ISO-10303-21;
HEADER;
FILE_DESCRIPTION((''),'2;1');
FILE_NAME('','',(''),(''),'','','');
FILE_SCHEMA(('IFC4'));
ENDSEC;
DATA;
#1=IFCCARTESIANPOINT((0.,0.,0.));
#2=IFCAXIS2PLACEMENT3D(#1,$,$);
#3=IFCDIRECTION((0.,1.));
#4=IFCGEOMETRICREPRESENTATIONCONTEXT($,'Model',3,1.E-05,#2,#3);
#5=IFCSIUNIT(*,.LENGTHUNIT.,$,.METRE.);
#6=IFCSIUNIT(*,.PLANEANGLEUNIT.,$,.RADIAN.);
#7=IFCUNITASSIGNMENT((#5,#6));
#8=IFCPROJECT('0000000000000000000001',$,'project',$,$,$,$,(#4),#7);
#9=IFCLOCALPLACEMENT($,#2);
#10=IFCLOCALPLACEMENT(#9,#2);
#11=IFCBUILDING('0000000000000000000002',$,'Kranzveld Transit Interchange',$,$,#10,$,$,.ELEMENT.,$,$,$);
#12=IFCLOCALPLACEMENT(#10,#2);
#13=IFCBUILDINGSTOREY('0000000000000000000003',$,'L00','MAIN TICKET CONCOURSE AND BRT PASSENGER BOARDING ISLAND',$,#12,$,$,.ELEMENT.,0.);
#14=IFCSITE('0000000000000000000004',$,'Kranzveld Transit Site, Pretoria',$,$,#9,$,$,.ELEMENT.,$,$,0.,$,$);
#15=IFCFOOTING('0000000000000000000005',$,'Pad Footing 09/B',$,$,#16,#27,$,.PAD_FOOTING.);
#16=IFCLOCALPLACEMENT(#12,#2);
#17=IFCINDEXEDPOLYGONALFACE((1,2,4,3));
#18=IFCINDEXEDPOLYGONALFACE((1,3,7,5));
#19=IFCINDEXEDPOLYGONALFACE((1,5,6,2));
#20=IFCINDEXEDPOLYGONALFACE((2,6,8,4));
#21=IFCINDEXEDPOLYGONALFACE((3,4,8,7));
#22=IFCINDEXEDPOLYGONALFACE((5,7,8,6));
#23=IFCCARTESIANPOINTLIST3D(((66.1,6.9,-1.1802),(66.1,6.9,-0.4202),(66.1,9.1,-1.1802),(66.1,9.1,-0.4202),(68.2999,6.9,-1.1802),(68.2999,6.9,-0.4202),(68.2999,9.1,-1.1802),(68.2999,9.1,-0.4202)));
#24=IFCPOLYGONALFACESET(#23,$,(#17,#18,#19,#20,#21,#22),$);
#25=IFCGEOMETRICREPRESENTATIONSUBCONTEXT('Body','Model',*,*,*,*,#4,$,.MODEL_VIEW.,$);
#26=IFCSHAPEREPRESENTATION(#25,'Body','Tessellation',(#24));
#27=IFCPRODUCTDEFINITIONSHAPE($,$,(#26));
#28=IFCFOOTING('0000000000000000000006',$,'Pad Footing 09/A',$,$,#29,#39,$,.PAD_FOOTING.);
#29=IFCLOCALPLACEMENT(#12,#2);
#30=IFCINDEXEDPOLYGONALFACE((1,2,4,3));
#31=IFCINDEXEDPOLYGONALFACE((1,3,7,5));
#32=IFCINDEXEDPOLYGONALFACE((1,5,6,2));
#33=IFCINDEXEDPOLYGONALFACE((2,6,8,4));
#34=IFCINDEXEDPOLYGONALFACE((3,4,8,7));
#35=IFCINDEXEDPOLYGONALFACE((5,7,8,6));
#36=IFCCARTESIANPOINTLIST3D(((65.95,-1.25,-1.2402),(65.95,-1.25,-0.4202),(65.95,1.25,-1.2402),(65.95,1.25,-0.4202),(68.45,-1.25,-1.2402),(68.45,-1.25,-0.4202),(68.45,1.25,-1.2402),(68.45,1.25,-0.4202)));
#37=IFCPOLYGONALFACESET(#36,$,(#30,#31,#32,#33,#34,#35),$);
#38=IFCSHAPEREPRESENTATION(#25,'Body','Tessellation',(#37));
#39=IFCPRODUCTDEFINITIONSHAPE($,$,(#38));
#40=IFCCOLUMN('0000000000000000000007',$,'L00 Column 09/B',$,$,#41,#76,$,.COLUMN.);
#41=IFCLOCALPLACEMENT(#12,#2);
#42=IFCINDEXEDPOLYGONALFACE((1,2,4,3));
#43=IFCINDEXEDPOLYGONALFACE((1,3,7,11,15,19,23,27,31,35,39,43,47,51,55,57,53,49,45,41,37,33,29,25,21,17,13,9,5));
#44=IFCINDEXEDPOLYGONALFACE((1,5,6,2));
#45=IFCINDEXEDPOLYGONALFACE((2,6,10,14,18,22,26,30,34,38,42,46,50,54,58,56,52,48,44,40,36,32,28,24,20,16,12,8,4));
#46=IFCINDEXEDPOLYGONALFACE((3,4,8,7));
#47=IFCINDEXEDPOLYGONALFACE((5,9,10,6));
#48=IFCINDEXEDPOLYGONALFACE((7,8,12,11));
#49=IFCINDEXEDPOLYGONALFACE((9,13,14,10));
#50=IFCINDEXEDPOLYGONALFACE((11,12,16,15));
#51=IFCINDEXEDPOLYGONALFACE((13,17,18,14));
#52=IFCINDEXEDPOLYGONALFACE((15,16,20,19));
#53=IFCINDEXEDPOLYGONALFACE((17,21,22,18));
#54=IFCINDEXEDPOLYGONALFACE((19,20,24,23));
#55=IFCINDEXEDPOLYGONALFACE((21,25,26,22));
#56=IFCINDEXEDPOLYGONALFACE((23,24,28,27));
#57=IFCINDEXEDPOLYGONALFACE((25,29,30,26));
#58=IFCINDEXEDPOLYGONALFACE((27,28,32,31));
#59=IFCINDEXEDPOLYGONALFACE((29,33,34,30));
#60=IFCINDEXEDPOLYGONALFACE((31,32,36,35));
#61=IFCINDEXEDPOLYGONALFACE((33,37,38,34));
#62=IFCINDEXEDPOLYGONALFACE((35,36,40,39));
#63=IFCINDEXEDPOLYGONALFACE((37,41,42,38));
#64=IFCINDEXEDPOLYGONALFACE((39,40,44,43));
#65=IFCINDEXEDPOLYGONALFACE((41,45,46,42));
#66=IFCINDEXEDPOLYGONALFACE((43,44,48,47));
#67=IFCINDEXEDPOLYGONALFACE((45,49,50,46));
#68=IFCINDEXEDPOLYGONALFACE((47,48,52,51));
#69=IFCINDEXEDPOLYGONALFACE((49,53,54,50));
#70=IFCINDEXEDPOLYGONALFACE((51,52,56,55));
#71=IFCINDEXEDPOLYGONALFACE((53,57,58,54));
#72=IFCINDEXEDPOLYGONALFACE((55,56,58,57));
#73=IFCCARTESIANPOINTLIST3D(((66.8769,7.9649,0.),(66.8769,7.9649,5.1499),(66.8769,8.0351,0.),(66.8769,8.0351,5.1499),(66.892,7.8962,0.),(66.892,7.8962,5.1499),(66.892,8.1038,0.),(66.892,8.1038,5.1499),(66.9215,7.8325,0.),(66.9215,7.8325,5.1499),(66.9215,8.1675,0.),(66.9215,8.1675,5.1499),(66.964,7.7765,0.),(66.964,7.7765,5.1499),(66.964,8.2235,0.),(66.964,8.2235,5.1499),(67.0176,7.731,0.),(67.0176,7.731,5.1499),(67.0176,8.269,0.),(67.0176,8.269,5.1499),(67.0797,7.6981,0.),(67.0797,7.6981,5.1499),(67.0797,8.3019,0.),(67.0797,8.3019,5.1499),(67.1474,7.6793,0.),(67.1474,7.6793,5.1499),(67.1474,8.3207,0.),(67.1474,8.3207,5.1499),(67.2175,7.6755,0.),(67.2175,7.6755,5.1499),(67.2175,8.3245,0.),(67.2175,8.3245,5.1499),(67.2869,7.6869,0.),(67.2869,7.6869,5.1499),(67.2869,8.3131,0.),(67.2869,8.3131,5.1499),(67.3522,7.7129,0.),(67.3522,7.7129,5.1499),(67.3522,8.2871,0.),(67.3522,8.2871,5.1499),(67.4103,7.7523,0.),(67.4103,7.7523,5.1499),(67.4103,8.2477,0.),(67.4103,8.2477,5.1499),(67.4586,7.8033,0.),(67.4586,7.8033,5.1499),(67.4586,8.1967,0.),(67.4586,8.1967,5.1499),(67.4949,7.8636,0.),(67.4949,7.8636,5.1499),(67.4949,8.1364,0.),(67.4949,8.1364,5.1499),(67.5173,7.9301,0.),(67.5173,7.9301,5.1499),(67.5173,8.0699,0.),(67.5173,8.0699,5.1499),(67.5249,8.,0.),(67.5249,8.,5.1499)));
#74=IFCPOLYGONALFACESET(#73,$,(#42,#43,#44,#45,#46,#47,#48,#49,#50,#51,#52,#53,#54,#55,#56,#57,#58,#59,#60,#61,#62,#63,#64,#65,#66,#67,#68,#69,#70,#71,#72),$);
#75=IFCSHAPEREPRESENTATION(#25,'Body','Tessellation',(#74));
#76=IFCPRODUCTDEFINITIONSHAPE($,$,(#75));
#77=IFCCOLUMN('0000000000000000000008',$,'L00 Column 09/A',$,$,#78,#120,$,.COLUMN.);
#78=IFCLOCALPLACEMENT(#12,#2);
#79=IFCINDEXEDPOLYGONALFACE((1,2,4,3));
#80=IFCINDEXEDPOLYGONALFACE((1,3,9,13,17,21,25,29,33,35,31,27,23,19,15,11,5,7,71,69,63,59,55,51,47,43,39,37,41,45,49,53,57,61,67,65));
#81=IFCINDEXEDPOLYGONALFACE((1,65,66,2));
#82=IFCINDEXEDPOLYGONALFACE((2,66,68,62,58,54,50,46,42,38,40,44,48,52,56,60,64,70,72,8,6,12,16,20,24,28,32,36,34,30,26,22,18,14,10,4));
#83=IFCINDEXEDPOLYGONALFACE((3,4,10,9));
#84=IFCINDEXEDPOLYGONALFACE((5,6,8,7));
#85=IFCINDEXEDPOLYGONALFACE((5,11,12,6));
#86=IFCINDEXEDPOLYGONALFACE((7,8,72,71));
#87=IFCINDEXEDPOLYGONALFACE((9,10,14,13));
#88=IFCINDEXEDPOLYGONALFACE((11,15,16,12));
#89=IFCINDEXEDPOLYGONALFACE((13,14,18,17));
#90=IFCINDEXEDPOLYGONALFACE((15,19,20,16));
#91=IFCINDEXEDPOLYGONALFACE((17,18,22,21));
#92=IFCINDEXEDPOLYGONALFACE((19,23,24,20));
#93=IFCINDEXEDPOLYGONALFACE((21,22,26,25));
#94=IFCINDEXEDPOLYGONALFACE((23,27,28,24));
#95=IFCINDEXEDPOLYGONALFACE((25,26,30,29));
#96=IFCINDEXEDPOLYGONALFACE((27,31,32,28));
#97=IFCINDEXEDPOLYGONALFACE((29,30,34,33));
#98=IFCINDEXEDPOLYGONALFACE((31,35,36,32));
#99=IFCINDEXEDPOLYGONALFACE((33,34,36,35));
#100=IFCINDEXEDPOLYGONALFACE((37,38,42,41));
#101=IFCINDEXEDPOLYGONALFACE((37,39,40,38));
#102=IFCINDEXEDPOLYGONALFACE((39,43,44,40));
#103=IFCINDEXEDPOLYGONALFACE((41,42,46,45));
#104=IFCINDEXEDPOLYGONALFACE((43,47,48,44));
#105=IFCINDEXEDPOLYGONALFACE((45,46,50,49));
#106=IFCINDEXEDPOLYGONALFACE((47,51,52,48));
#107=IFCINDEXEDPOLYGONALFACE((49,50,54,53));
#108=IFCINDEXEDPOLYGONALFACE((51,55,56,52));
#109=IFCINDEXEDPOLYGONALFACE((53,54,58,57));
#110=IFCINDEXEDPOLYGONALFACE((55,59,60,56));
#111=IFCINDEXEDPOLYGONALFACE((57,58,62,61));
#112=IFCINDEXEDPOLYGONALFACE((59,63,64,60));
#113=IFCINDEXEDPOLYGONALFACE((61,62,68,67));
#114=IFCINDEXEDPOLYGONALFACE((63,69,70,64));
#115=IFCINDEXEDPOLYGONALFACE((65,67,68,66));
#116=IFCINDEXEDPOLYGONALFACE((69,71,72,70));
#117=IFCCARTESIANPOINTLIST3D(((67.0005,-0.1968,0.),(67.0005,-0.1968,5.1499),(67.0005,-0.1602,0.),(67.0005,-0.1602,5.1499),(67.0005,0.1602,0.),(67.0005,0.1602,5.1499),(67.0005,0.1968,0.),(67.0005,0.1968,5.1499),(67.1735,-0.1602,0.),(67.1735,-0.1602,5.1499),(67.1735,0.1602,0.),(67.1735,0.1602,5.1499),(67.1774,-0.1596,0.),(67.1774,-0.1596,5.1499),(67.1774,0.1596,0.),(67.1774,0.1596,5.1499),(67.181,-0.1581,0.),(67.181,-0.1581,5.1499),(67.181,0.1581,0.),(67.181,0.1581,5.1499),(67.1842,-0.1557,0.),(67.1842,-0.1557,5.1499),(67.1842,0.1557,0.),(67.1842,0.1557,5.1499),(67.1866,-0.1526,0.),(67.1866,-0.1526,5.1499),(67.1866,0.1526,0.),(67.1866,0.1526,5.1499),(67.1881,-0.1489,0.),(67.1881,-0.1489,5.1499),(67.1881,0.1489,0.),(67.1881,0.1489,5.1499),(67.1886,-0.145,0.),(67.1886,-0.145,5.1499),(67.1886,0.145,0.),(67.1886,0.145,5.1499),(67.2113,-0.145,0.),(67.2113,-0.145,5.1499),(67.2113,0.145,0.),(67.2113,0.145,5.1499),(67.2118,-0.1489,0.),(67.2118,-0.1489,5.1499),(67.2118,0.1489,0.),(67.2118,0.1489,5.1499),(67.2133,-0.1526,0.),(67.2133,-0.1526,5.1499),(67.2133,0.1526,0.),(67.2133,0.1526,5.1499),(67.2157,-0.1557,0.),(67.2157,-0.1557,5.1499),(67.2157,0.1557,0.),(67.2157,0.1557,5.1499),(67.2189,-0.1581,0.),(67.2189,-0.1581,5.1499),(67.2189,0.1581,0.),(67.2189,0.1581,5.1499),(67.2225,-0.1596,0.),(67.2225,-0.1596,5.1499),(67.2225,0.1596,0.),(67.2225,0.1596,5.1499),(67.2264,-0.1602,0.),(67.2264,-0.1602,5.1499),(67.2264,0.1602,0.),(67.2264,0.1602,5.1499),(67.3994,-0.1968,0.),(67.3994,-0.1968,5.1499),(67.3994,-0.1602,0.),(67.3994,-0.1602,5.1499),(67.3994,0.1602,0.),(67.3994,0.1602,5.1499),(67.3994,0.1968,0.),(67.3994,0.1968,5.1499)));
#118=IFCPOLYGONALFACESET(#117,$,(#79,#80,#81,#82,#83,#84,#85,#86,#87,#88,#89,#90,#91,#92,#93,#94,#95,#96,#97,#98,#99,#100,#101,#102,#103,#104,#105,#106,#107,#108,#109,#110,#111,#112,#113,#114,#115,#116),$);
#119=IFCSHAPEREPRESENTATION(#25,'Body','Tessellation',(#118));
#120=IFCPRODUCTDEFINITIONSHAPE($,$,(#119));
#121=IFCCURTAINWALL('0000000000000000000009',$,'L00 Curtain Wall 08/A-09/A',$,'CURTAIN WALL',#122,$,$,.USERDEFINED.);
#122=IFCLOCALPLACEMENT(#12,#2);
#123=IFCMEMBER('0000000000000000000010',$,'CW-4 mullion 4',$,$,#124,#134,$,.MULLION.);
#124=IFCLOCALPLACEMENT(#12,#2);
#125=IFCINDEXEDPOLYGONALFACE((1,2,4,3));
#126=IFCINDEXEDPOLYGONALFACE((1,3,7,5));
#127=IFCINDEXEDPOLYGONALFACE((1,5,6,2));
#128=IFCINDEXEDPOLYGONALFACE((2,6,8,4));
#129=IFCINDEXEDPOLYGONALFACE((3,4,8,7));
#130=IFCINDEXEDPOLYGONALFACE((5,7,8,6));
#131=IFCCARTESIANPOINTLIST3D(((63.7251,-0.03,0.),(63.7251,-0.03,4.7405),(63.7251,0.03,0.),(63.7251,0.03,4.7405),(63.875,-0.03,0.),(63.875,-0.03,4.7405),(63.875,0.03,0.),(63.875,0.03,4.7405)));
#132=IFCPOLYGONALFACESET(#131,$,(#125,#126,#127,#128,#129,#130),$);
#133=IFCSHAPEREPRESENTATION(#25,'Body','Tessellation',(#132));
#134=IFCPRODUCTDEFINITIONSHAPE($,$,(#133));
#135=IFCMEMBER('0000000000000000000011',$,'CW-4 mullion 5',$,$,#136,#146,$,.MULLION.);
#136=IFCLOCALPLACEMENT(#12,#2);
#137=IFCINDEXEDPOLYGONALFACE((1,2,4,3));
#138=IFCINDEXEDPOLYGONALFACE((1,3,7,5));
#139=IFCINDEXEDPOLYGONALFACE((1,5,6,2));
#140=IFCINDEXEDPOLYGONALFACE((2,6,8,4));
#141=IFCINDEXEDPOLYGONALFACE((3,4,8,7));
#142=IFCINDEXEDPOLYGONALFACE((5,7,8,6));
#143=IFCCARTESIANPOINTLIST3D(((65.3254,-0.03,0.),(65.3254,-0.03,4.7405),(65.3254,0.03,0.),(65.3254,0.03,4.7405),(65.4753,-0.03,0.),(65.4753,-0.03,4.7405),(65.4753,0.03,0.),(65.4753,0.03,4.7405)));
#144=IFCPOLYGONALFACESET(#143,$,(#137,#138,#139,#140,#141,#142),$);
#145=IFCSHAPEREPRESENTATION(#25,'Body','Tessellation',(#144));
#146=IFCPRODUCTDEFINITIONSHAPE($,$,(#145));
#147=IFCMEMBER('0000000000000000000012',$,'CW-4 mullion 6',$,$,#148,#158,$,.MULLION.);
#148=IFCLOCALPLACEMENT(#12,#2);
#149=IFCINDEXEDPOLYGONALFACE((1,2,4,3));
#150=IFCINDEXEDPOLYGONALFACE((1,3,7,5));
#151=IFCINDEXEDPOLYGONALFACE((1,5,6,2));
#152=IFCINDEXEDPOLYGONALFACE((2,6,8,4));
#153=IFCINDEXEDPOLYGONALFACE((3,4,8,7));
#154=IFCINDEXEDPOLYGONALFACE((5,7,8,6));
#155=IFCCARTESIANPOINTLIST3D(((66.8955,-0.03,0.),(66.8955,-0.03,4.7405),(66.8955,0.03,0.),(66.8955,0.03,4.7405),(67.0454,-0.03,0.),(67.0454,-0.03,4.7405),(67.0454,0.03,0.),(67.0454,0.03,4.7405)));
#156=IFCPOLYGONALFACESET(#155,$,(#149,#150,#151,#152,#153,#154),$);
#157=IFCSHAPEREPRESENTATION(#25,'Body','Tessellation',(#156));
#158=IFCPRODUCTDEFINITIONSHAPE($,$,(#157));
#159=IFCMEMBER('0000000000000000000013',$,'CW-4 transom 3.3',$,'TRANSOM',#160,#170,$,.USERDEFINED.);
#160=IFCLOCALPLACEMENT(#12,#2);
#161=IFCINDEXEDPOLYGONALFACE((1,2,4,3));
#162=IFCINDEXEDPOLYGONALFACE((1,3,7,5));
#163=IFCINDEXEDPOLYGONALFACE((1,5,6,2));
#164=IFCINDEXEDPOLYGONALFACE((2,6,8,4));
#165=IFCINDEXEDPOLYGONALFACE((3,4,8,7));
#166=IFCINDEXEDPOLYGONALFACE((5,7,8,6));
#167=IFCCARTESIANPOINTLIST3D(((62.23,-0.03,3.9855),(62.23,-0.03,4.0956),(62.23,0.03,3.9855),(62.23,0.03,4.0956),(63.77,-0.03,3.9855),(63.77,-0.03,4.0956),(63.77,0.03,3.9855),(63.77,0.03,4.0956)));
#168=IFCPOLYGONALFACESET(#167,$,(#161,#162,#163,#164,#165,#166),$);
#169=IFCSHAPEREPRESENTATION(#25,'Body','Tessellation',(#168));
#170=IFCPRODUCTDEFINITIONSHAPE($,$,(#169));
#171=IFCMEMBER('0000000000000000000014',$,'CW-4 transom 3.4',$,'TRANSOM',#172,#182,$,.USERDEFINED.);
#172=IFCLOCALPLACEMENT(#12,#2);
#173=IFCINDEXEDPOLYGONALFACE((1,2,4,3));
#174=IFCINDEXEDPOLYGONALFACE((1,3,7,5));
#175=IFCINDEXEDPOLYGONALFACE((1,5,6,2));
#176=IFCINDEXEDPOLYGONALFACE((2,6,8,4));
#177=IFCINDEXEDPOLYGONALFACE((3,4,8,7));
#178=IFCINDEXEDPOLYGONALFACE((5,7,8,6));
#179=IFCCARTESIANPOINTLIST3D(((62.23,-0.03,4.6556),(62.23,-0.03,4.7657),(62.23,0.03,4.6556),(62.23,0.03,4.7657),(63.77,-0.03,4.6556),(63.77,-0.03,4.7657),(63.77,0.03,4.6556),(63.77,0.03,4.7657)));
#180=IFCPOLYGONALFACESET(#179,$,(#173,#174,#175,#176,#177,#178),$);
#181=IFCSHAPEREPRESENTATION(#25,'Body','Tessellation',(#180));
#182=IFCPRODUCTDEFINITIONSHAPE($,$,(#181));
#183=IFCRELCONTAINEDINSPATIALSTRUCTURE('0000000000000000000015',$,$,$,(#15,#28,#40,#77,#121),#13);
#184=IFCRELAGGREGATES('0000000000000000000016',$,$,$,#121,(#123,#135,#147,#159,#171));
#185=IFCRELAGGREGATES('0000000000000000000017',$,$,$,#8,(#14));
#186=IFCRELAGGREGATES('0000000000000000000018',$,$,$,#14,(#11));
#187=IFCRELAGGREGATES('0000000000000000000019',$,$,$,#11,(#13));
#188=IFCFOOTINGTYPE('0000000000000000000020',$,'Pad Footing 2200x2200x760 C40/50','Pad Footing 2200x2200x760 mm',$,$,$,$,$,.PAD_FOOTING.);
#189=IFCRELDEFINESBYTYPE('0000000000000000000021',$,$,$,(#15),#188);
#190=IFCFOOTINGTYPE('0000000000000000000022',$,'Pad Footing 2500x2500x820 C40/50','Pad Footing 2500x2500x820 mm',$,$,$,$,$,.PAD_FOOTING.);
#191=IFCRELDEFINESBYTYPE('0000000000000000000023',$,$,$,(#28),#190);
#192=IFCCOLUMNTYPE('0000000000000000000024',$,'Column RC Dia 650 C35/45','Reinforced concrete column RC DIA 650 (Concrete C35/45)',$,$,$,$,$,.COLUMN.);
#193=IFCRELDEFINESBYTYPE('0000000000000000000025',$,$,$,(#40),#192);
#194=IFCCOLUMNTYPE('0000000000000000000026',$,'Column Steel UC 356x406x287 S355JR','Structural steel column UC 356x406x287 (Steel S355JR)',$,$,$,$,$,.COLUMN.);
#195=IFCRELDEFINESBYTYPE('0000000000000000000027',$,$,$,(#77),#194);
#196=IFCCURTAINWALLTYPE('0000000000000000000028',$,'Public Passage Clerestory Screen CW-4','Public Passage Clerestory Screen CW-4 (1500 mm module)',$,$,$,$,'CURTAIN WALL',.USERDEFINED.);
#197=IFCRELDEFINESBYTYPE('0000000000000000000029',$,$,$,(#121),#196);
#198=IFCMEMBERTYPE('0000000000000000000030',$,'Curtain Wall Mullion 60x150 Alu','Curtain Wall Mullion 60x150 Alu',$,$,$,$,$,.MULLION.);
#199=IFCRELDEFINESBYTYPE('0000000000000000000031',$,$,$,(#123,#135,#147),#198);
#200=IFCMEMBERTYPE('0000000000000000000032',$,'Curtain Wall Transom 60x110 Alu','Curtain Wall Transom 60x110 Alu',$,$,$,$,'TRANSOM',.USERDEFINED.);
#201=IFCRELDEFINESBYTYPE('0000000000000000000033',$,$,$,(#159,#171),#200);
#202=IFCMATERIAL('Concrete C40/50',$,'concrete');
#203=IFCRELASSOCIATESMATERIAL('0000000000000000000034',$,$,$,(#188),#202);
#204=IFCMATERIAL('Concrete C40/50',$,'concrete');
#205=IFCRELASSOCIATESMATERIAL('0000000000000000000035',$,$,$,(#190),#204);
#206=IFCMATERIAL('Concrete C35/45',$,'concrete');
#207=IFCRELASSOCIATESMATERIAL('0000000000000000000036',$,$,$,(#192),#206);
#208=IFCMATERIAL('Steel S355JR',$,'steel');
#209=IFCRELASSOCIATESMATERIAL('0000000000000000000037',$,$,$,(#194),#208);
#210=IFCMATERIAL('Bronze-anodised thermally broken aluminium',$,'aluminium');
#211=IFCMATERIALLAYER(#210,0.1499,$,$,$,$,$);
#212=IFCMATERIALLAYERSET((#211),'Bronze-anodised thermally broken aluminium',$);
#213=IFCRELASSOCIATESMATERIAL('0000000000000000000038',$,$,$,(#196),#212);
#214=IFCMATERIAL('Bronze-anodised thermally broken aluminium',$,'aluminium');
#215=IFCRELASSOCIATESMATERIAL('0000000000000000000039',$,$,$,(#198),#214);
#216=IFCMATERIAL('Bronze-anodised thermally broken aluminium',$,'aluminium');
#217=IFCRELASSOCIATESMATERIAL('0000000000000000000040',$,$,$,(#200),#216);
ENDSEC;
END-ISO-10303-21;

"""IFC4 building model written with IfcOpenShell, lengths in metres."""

from ifc_helpers import new_model, si_unit, direction, frame, origin, origin_2d, place, context, subcontext, project, spatial, rectangle, circle, i_section, extrude, material, layer, layer_set, material_profile, profile_set, type_object, element, aggregate, save


model = new_model("IFC4")

# Units and contexts
model_context = context("Model", 3, precision=1e-05, world=origin(), true_north=direction((0.0, 1.0)))
body_context = subcontext(model_context, "Body", "Model", "MODEL_VIEW")
ifc_project = project(units=[si_unit("LENGTHUNIT", "METRE"), si_unit("PLANEANGLEUNIT", "RADIAN")], contexts=[model_context])

# Site, building, storey
site_placement = place(None, origin())
site = spatial("IfcSite", under=ifc_project, at=site_placement, Name="Kranzveld Transit Site, Pretoria", CompositionType="ELEMENT", RefElevation=0.0)
building_placement = place(site_placement, origin())
building = spatial("IfcBuilding", under=site, at=building_placement, Name="Kranzveld Transit Interchange", CompositionType="ELEMENT")
storey_placement = place(building_placement, origin())
storey = spatial("IfcBuildingStorey", under=building, at=storey_placement, Name="L00", Description="MAIN TICKET CONCOURSE AND BRT PASSENGER BOARDING ISLAND", CompositionType="ELEMENT", Elevation=0.0)

# Footings
ifc_material_1 = material(Name="Concrete C40/50", Category="concrete")
footing_type_1 = type_object("IfcFootingType", Name="Pad Footing 2200x2200x760 C40/50", Description="Pad Footing 2200x2200x760 mm", PredefinedType="PAD_FOOTING", material=ifc_material_1)
footing_1_placement = place(storey_placement, frame((67.2, 8.0, -1.1802), z_axis=(0.0, 0.0, 1.0), x_axis=(1.0, 0.0, 0.0)))
element("IfcFooting", 1, at=footing_1_placement, inside=storey, type_object=footing_type_1, Name="Pad Footing 09/B", PredefinedType="PAD_FOOTING", context=body_context, shape_type="SweptSolid", body=[
    extrude(rectangle(XDim=2.2, YDim=2.2, at=origin_2d()), origin(), (0.0, 0.0, 1.0), 0.76),
])
ifc_material_2 = material(Name="Concrete C40/50", Category="concrete")
footing_type_2 = type_object("IfcFootingType", Name="Pad Footing 2500x2500x820 C40/50", Description="Pad Footing 2500x2500x820 mm", PredefinedType="PAD_FOOTING", material=ifc_material_2)
footing_2_placement = place(storey_placement, frame((67.2, 0.0, -1.2402), z_axis=(0.0, 0.0, 1.0), x_axis=(1.0, 0.0, 0.0)))
element("IfcFooting", 2, at=footing_2_placement, inside=storey, type_object=footing_type_2, Name="Pad Footing 09/A", PredefinedType="PAD_FOOTING", context=body_context, shape_type="SweptSolid", body=[
    extrude(rectangle(XDim=2.5, YDim=2.5, at=origin_2d()), origin(), (0.0, 0.0, 1.0), 0.8201),
])

# Columns
ifc_material_3 = material(Name="Concrete C35/45", Category="concrete")
ifc_material_profile_1 = material_profile(ifc_material_3, circle(Radius=0.325, at=origin_2d()), Name="RC DIA 650")
ifc_profile_set_1 = profile_set([ifc_material_profile_1], Name="Concrete C35/45")
column_type_1 = type_object("IfcColumnType", Name="Column RC Dia 650 C35/45", Description="Reinforced concrete column RC DIA 650 (Concrete C35/45)", PredefinedType="COLUMN", material=ifc_profile_set_1)
column_1_placement = place(storey_placement, frame((67.2, 8.0, 0.0), z_axis=(0.0, 0.0, 1.0), x_axis=(1.0, 0.0, 0.0)))
element("IfcColumn", 3, at=column_1_placement, inside=storey, type_object=column_type_1, Name="L00 Column 09/B", PredefinedType="COLUMN", context=body_context, shape_type="SweptSolid", body=[
    extrude(circle(Radius=0.325, at=origin_2d()), origin(), (0.0, 0.0, 1.0), 5.1499),
])
ifc_material_4 = material(Name="Steel S355JR", Category="steel")
ifc_material_profile_2 = material_profile(ifc_material_4, i_section(OverallWidth=0.3989, OverallDepth=0.3936, WebThickness=0.0227, FlangeThickness=0.0366, FilletRadius=0.0151, at=origin_2d()), Name="UC 356x406x287")
ifc_profile_set_2 = profile_set([ifc_material_profile_2], Name="Steel S355JR")
column_type_2 = type_object("IfcColumnType", Name="Column Steel UC 356x406x287 S355JR", Description="Structural steel column UC 356x406x287 (Steel S355JR)", PredefinedType="COLUMN", material=ifc_profile_set_2)
column_2_placement = place(storey_placement, frame((67.2, 0.0, 0.0), z_axis=(0.0, 0.0, 1.0), x_axis=(1.0, 0.0, 0.0)))
element("IfcColumn", 4, at=column_2_placement, inside=storey, type_object=column_type_2, Name="L00 Column 09/A", PredefinedType="COLUMN", context=body_context, shape_type="SweptSolid", body=[
    extrude(i_section(OverallWidth=0.3989, OverallDepth=0.3936, WebThickness=0.0227, FlangeThickness=0.0366, FilletRadius=0.0151, at=origin_2d()), origin(), (0.0, 0.0, 1.0), 5.1499),
])

# Curtain wall, members
ifc_material_5 = material(Name="Bronze-anodised thermally broken aluminium", Category="aluminium")
ifc_layer_1 = layer(ifc_material_5, 0.1499)
ifc_layer_set_1 = layer_set([ifc_layer_1], Name="Bronze-anodised thermally broken aluminium")
curtain_wall_type = type_object("IfcCurtainWallType", Name="Public Passage Clerestory Screen CW-4", Description="Public Passage Clerestory Screen CW-4 (1500 mm module)", ElementType="CURTAIN WALL", PredefinedType="USERDEFINED", material=ifc_layer_set_1)
curtain_wall_placement = place(storey_placement, origin())
curtain_wall = element("IfcCurtainWall", 5, at=curtain_wall_placement, inside=storey, type_object=curtain_wall_type, Name="L00 Curtain Wall 08/A-09/A", ObjectType="CURTAIN WALL", PredefinedType="USERDEFINED")
ifc_material_6 = material(Name="Bronze-anodised thermally broken aluminium", Category="aluminium")
ifc_material_profile_3 = material_profile(ifc_material_6, rectangle(XDim=0.0601, YDim=0.1499, at=origin_2d()), Name="ALU MULLION 60x150")
ifc_profile_set_3 = profile_set([ifc_material_profile_3], Name="Bronze-anodised thermally broken aluminium")
member_type_1 = type_object("IfcMemberType", Name="Curtain Wall Mullion 60x150 Alu", Description="Curtain Wall Mullion 60x150 Alu", PredefinedType="MULLION", material=ifc_profile_set_3)
member_1_placement = place(storey_placement, frame((63.8, 0.0, 0.0), z_axis=(0.0, 0.0, 1.0), x_axis=(0.0, 1.0, 0.0)))
member_1 = element("IfcMember", 6, at=member_1_placement, type_object=member_type_1, Name="CW-4 mullion 4", PredefinedType="MULLION", context=body_context, shape_type="SweptSolid", body=[
    extrude(rectangle(XDim=0.0601, YDim=0.1499, at=origin_2d()), origin(), (0.0, 0.0, 1.0), 4.7405),
])
member_2_placement = place(storey_placement, frame((65.4004, 0.0, 0.0), z_axis=(0.0, 0.0, 1.0), x_axis=(0.0, 1.0, 0.0)))
member_2 = element("IfcMember", 7, at=member_2_placement, type_object=member_type_1, Name="CW-4 mullion 5", PredefinedType="MULLION", context=body_context, shape_type="SweptSolid", body=[
    extrude(rectangle(XDim=0.0601, YDim=0.1499, at=origin_2d()), origin(), (0.0, 0.0, 1.0), 4.7405),
])
member_3_placement = place(storey_placement, frame((66.9705, 0.0, 0.0), z_axis=(0.0, 0.0, 1.0), x_axis=(0.0, 1.0, 0.0)))
member_3 = element("IfcMember", 8, at=member_3_placement, type_object=member_type_1, Name="CW-4 mullion 6", PredefinedType="MULLION", context=body_context, shape_type="SweptSolid", body=[
    extrude(rectangle(XDim=0.0601, YDim=0.1499, at=origin_2d()), origin(), (0.0, 0.0, 1.0), 4.7405),
])
ifc_material_7 = material(Name="Bronze-anodised thermally broken aluminium", Category="aluminium")
ifc_material_profile_4 = material_profile(ifc_material_7, rectangle(XDim=0.0601, YDim=0.1101, at=origin_2d()), Name="ALU TRANSOM 60x110")
ifc_profile_set_4 = profile_set([ifc_material_profile_4], Name="Bronze-anodised thermally broken aluminium")
member_type_2 = type_object("IfcMemberType", Name="Curtain Wall Transom 60x110 Alu", Description="Curtain Wall Transom 60x110 Alu", ElementType="TRANSOM", PredefinedType="USERDEFINED", material=ifc_profile_set_4)
member_4_placement = place(storey_placement, frame((62.23, 0.0, 4.0405), z_axis=(1.0, 0.0, 0.0), x_axis=(0.0, 1.0, 0.0)))
member_4 = element("IfcMember", 9, at=member_4_placement, type_object=member_type_2, Name="CW-4 transom 3.3", ObjectType="TRANSOM", PredefinedType="USERDEFINED", context=body_context, shape_type="SweptSolid", body=[
    extrude(rectangle(XDim=0.0601, YDim=0.1101, at=origin_2d()), origin(), (0.0, 0.0, 1.0), 1.54),
])
member_5_placement = place(storey_placement, frame((62.23, 0.0, 4.7107), z_axis=(1.0, 0.0, 0.0), x_axis=(0.0, 1.0, 0.0)))
member_5 = element("IfcMember", 10, at=member_5_placement, type_object=member_type_2, Name="CW-4 transom 3.4", ObjectType="TRANSOM", PredefinedType="USERDEFINED", context=body_context, shape_type="SweptSolid", body=[
    extrude(rectangle(XDim=0.0601, YDim=0.1101, at=origin_2d()), origin(), (0.0, 0.0, 1.0), 1.54),
])

aggregate(curtain_wall, [member_1, member_2, member_3, member_4, member_5])

save(model, "model.ifc")
